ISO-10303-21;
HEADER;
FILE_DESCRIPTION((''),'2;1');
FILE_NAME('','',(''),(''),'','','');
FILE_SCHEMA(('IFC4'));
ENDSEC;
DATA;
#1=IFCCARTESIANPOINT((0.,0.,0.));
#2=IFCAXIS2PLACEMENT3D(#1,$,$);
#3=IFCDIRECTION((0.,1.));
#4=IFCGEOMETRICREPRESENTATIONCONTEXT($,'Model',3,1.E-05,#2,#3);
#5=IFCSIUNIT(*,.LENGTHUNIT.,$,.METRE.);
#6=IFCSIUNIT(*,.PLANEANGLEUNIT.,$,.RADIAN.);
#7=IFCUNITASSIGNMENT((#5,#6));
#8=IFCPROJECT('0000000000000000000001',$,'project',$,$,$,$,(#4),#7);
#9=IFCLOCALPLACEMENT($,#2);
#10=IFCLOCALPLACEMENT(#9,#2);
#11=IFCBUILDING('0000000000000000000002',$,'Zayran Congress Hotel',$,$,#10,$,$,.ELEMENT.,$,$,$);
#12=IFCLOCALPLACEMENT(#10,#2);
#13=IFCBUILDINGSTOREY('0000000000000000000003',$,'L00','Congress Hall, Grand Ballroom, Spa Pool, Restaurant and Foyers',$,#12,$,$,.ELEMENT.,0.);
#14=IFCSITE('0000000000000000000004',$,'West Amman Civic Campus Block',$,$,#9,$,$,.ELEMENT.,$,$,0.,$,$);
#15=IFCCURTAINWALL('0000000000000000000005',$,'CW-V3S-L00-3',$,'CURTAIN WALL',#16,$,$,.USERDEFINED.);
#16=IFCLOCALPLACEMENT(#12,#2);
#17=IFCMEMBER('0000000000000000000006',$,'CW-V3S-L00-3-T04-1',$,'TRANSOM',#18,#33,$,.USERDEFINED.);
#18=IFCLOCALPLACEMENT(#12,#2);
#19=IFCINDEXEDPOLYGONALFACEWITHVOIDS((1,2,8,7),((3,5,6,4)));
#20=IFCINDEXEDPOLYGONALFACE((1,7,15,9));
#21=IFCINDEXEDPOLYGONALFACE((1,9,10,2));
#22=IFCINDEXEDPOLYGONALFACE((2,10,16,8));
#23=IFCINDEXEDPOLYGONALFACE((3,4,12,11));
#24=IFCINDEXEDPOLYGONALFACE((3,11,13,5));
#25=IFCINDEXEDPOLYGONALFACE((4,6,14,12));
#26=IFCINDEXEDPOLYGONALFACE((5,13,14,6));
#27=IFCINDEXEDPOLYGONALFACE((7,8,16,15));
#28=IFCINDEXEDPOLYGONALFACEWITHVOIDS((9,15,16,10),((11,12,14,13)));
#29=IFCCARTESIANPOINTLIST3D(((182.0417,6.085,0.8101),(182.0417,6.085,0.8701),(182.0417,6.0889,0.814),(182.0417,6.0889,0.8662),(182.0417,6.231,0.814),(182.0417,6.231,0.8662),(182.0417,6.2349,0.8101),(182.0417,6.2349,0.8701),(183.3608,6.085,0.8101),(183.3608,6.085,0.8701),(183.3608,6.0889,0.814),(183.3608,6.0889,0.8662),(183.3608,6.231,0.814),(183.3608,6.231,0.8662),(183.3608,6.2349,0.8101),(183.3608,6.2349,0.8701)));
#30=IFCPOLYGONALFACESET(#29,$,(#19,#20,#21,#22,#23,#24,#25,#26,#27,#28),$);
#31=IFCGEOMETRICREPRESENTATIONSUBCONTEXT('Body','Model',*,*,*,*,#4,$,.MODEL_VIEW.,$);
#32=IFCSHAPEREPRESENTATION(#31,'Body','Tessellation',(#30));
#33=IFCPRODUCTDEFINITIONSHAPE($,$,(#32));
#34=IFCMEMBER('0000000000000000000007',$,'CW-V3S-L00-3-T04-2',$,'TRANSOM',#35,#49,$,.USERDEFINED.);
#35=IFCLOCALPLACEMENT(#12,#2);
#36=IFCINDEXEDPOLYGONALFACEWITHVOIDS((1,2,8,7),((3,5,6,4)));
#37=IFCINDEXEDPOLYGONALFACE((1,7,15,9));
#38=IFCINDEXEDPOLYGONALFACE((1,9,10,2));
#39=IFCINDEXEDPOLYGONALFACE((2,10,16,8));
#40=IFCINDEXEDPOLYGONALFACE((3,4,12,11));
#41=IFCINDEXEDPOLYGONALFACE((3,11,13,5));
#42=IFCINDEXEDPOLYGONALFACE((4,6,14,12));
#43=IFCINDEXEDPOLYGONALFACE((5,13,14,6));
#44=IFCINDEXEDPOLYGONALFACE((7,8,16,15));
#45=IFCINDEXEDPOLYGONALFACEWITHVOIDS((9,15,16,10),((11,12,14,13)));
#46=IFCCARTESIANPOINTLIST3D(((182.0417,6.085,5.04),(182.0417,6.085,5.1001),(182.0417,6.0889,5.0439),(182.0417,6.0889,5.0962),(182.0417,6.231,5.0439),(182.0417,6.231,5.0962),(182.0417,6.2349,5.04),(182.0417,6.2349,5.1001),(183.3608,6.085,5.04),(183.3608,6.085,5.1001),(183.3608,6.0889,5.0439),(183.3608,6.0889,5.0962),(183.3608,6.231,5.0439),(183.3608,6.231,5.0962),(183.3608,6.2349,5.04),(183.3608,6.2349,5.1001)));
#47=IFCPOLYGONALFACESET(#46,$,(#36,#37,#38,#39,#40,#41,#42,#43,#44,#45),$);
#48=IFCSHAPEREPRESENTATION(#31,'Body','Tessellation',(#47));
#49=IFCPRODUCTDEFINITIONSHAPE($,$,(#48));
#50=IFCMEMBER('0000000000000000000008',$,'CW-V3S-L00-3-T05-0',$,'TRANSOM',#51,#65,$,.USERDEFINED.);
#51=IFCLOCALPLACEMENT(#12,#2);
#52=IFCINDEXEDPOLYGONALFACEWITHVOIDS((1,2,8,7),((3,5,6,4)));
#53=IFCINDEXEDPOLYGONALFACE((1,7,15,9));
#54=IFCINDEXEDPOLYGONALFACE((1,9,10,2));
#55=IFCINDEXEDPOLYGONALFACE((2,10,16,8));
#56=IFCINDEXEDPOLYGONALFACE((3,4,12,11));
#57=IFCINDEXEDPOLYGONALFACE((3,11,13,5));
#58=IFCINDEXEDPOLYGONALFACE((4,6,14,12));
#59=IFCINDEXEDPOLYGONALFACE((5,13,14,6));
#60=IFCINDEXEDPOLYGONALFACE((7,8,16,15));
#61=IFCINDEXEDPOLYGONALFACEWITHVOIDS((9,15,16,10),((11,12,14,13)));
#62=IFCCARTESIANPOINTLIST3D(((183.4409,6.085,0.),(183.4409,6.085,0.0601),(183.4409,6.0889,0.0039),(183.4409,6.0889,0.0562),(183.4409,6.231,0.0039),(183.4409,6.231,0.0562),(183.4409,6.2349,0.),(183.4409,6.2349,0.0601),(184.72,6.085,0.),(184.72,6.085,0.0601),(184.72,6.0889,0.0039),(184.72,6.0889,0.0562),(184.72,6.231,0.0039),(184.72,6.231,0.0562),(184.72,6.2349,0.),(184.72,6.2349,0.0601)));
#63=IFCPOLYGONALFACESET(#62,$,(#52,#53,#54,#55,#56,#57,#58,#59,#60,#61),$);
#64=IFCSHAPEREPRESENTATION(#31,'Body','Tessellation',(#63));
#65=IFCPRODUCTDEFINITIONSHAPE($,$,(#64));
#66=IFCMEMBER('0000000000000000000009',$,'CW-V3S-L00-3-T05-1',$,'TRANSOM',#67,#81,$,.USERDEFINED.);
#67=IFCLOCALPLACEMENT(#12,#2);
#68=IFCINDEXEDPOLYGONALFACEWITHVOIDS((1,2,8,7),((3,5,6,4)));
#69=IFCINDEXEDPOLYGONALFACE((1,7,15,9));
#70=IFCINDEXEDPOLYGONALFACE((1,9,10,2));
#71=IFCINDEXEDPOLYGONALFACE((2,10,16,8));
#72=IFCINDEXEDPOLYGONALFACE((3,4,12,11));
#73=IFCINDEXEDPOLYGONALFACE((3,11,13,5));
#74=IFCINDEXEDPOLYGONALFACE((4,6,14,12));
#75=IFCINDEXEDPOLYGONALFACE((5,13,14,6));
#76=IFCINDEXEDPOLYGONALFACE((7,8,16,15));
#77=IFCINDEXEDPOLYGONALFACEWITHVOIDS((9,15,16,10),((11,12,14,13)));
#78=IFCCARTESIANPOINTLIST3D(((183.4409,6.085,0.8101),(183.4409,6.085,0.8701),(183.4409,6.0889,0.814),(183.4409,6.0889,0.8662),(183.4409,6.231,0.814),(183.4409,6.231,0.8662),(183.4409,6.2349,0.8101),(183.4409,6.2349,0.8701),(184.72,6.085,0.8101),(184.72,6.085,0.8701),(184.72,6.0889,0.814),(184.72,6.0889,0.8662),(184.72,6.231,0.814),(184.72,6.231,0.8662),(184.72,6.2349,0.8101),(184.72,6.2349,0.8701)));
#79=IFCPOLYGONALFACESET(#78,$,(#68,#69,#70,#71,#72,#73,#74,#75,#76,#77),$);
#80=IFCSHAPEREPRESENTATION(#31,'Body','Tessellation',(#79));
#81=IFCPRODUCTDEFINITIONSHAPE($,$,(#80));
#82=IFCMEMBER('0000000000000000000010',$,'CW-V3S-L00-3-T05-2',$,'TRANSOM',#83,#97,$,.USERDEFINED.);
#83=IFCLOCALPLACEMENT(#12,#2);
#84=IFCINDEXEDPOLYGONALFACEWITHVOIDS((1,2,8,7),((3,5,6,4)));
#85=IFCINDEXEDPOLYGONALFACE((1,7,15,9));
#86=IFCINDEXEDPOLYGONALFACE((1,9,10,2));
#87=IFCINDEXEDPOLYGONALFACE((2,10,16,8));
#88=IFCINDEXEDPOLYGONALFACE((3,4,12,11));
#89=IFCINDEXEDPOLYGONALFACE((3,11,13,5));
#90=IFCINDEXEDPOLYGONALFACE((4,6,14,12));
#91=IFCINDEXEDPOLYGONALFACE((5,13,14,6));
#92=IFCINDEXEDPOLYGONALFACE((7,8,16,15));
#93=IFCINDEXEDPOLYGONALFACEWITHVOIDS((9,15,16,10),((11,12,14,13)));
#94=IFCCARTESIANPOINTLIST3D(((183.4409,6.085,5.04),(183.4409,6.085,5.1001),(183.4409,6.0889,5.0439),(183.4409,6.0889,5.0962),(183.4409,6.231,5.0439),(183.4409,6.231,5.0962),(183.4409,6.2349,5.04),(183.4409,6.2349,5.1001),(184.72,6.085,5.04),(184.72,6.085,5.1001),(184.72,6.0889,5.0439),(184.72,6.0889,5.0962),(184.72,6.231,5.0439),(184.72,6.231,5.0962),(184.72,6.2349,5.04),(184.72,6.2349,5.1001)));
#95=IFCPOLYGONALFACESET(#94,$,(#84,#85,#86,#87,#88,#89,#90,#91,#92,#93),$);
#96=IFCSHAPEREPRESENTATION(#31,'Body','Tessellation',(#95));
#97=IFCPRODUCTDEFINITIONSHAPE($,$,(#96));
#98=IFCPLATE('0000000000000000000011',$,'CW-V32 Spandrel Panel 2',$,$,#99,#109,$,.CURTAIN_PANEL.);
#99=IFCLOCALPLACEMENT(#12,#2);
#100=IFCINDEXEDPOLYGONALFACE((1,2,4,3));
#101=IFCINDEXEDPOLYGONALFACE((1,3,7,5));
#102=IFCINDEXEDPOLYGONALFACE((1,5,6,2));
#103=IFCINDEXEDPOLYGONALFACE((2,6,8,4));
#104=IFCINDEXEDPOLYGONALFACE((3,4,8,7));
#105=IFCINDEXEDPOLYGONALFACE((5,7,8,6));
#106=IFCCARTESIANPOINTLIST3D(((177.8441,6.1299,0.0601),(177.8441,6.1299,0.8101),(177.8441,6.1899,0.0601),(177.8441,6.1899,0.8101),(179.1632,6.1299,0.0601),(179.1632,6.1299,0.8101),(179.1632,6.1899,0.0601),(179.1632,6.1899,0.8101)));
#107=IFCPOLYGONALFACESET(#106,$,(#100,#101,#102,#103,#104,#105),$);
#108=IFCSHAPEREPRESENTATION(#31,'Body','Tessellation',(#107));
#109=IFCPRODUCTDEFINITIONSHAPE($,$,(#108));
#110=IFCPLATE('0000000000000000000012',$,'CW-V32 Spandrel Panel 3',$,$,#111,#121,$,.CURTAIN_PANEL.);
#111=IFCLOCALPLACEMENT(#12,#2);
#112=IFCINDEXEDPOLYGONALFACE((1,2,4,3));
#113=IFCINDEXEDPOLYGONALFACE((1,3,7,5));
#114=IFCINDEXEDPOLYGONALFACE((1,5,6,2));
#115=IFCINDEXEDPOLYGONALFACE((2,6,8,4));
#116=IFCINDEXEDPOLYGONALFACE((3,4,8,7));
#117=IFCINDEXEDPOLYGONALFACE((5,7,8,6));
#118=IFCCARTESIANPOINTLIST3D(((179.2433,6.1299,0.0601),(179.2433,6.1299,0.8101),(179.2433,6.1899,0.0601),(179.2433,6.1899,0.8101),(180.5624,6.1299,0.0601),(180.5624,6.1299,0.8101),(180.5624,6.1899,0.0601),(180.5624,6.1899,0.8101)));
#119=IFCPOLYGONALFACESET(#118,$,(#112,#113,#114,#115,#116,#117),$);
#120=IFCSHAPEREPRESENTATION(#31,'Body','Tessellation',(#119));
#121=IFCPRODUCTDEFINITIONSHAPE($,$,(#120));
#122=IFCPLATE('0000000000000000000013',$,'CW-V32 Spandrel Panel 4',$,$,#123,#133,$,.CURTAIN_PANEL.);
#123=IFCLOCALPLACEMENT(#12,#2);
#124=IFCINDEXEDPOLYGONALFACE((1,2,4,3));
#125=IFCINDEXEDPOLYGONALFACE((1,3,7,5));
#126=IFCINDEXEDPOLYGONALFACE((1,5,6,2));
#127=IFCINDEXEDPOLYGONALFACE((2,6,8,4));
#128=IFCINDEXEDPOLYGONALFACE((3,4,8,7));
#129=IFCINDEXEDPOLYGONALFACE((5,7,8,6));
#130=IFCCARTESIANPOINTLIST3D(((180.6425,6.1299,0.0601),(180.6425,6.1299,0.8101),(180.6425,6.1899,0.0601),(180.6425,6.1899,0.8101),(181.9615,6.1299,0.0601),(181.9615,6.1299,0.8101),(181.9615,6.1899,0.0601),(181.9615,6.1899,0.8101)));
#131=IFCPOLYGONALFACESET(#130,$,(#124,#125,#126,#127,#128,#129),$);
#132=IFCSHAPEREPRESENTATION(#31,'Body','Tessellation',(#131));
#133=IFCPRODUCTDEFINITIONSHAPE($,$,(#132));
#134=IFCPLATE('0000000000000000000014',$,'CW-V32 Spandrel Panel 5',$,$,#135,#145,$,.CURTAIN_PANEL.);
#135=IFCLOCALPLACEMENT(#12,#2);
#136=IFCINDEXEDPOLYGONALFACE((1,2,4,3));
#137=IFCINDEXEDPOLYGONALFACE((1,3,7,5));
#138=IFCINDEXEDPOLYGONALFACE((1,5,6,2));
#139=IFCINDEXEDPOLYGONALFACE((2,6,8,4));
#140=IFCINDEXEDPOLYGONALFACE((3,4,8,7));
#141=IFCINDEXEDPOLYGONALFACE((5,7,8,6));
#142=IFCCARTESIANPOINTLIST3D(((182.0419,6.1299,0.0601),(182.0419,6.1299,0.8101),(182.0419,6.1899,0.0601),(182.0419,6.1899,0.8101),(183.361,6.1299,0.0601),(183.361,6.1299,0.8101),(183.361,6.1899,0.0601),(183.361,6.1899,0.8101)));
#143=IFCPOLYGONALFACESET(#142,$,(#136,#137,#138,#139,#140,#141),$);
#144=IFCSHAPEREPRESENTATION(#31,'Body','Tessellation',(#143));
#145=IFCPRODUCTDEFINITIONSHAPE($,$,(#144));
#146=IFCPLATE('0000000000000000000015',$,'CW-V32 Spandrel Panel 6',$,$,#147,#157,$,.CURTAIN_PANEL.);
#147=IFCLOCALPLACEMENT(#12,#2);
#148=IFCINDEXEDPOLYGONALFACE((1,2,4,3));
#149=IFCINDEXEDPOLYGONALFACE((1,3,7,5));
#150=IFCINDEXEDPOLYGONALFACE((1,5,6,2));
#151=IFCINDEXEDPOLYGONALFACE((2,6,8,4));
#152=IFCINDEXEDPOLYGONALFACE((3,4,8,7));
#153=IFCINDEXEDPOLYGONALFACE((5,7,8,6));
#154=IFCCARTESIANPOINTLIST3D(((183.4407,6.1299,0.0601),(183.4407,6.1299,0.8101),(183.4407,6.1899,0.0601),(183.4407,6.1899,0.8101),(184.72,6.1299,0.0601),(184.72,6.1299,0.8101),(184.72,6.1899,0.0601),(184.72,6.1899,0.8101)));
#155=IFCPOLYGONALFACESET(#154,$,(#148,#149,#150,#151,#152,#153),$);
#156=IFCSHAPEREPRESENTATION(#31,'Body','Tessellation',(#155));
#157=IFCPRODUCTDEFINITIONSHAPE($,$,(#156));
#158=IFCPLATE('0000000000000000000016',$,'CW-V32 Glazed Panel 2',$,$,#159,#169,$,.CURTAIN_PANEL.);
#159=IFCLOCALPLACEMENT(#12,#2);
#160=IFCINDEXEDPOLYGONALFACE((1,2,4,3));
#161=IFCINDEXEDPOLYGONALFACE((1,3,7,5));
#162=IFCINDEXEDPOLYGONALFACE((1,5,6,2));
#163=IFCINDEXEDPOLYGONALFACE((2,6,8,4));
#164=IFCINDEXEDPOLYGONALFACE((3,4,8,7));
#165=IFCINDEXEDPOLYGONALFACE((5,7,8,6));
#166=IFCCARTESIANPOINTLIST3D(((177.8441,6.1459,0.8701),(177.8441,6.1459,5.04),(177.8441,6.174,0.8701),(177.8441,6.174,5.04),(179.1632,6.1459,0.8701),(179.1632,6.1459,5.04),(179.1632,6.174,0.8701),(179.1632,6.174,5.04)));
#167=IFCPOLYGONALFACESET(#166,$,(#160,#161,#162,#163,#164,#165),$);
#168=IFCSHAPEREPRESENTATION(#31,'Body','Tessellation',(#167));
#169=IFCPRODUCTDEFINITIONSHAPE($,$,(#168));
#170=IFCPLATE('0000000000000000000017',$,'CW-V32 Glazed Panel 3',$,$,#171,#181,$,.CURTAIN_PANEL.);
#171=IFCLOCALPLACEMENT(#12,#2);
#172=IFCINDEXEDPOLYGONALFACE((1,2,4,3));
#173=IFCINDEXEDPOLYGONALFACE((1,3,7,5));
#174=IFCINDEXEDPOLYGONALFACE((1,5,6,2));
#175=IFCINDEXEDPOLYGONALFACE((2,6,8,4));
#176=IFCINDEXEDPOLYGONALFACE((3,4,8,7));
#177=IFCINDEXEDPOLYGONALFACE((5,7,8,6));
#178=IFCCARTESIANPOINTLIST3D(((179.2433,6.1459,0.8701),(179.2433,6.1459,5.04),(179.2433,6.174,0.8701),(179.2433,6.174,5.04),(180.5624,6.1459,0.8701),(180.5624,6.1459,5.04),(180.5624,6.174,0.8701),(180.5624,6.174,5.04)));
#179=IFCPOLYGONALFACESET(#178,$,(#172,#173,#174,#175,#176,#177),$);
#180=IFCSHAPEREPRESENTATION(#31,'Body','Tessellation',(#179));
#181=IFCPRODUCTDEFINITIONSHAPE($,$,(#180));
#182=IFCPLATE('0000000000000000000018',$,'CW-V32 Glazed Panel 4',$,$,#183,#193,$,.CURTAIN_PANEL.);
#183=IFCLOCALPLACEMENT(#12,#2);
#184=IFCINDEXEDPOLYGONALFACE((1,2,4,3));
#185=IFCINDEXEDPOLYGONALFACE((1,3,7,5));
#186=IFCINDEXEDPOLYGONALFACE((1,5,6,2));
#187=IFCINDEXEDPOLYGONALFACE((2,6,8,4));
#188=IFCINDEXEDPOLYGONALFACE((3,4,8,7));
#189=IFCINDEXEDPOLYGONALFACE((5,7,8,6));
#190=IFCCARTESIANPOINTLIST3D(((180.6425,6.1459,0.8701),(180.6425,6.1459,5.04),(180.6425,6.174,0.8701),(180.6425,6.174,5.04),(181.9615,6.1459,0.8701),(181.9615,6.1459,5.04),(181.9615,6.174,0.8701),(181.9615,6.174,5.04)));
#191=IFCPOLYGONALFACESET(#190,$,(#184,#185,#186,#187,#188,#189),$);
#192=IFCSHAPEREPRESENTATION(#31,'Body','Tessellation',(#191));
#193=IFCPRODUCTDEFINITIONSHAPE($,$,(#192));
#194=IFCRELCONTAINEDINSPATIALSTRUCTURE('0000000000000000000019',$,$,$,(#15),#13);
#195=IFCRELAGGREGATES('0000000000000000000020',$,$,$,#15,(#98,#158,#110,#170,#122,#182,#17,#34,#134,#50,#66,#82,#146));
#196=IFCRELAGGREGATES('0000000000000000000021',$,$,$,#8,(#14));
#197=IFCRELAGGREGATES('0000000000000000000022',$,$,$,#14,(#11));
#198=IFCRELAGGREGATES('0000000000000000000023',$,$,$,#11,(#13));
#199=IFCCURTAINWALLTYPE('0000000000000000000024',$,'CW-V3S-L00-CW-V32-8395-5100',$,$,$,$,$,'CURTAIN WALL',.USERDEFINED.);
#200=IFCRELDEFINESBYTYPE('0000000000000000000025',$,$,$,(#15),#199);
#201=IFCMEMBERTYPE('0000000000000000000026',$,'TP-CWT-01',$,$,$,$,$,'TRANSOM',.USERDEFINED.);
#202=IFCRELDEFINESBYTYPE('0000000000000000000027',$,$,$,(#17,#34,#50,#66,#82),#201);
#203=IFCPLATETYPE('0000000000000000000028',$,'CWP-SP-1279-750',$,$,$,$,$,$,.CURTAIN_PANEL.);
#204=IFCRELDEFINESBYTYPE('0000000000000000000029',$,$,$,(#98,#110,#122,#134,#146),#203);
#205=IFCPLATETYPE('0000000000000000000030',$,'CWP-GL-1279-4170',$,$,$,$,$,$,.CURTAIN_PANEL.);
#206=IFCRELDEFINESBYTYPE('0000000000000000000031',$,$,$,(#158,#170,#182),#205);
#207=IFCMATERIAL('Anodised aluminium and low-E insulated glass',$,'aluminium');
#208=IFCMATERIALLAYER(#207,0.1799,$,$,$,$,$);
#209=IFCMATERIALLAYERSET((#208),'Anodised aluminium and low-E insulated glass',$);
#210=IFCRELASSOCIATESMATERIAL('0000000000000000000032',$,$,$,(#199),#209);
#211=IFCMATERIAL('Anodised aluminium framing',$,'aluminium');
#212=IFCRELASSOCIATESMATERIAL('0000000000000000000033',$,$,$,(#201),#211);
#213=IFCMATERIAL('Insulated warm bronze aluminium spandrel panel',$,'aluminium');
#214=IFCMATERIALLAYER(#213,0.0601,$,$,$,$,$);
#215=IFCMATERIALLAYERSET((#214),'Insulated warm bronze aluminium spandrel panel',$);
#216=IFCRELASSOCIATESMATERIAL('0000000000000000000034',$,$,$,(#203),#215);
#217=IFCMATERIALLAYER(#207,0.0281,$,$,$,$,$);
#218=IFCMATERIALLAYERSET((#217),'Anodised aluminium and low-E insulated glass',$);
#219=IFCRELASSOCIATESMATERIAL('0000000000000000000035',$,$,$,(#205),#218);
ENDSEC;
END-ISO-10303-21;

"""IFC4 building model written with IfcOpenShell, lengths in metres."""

from ifc_helpers import new_model, si_unit, direction, frame, origin, origin_2d, place, context, subcontext, project, spatial, rectangle, hollow_rectangle, extrude, material, layer, layer_set, material_profile, profile_set, type_object, element, aggregate, save


model = new_model("IFC4")

# Units and contexts
model_context = context("Model", 3, precision=1e-05, world=origin(), true_north=direction((0.0, 1.0)))
body_context = subcontext(model_context, "Body", "Model", "MODEL_VIEW")
ifc_project = project(units=[si_unit("LENGTHUNIT", "METRE"), si_unit("PLANEANGLEUNIT", "RADIAN")], contexts=[model_context])

# Site, building, storey
site_placement = place(None, origin())
site = spatial("IfcSite", under=ifc_project, at=site_placement, Name="West Amman Civic Campus Block", CompositionType="ELEMENT", RefElevation=0.0)
building_placement = place(site_placement, origin())
building = spatial("IfcBuilding", under=site, at=building_placement, Name="Zayran Congress Hotel", CompositionType="ELEMENT")
storey_placement = place(building_placement, origin())
storey = spatial("IfcBuildingStorey", under=building, at=storey_placement, Name="L00", Description="Congress Hall, Grand Ballroom, Spa Pool, Restaurant and Foyers", CompositionType="ELEMENT", Elevation=0.0)

# Curtain wall, members, plates
ifc_material_1 = material(Name="Anodised aluminium and low-E insulated glass", Category="aluminium")
ifc_layer_1 = layer(ifc_material_1, 0.1799)
ifc_layer_set_1 = layer_set([ifc_layer_1], Name="Anodised aluminium and low-E insulated glass")
curtain_wall_type = type_object("IfcCurtainWallType", Name="CW-V3S-L00-CW-V32-8395-5100", ElementType="CURTAIN WALL", PredefinedType="USERDEFINED", material=ifc_layer_set_1)
curtain_wall_placement = place(storey_placement, origin())
curtain_wall = element("IfcCurtainWall", 1, at=curtain_wall_placement, inside=storey, type_object=curtain_wall_type, Name="CW-V3S-L00-3", ObjectType="CURTAIN WALL", PredefinedType="USERDEFINED")
ifc_material_2 = material(Name="Anodised aluminium framing", Category="aluminium")
ifc_material_profile_1 = material_profile(ifc_material_2, hollow_rectangle(XDim=0.0601, YDim=0.1499, WallThickness=0.0039, at=origin_2d()), Name="RHS 150x60x4")
ifc_profile_set_1 = profile_set([ifc_material_profile_1], Name="Anodised aluminium framing")
member_type_1 = type_object("IfcMemberType", Name="TP-CWT-01", ElementType="TRANSOM", PredefinedType="USERDEFINED", material=ifc_profile_set_1)
member_1_placement = place(storey_placement, frame((182.0417, 6.1599, 0.8401), z_axis=(1.0, 0.0, 0.0), x_axis=(0.0, 0.0, 1.0)))
member_1 = element("IfcMember", 2, at=member_1_placement, type_object=member_type_1, Name="CW-V3S-L00-3-T04-1", ObjectType="TRANSOM", PredefinedType="USERDEFINED", context=body_context, shape_type="SweptSolid", body=[
    extrude(hollow_rectangle(XDim=0.0601, YDim=0.1499, WallThickness=0.0039, at=origin_2d()), origin(), (0.0, 0.0, 1.0), 1.3191),
])
member_2_placement = place(storey_placement, frame((182.0417, 6.1599, 5.0701), z_axis=(1.0, 0.0, 0.0), x_axis=(0.0, 0.0, 1.0)))
member_2 = element("IfcMember", 3, at=member_2_placement, type_object=member_type_1, Name="CW-V3S-L00-3-T04-2", ObjectType="TRANSOM", PredefinedType="USERDEFINED", context=body_context, shape_type="SweptSolid", body=[
    extrude(hollow_rectangle(XDim=0.0601, YDim=0.1499, WallThickness=0.0039, at=origin_2d()), origin(), (0.0, 0.0, 1.0), 1.3191),
])
member_3_placement = place(storey_placement, frame((183.4409, 6.1599, 0.03), z_axis=(1.0, 0.0, 0.0), x_axis=(0.0, 0.0, 1.0)))
member_3 = element("IfcMember", 4, at=member_3_placement, type_object=member_type_1, Name="CW-V3S-L00-3-T05-0", ObjectType="TRANSOM", PredefinedType="USERDEFINED", context=body_context, shape_type="SweptSolid", body=[
    extrude(hollow_rectangle(XDim=0.0601, YDim=0.1499, WallThickness=0.0039, at=origin_2d()), origin(), (0.0, 0.0, 1.0), 1.2791),
])
member_4_placement = place(storey_placement, frame((183.4409, 6.1599, 0.8401), z_axis=(1.0, 0.0, 0.0), x_axis=(0.0, 0.0, 1.0)))
member_4 = element("IfcMember", 5, at=member_4_placement, type_object=member_type_1, Name="CW-V3S-L00-3-T05-1", ObjectType="TRANSOM", PredefinedType="USERDEFINED", context=body_context, shape_type="SweptSolid", body=[
    extrude(hollow_rectangle(XDim=0.0601, YDim=0.1499, WallThickness=0.0039, at=origin_2d()), origin(), (0.0, 0.0, 1.0), 1.2791),
])
member_5_placement = place(storey_placement, frame((183.4409, 6.1599, 5.0701), z_axis=(1.0, 0.0, 0.0), x_axis=(0.0, 0.0, 1.0)))
member_5 = element("IfcMember", 6, at=member_5_placement, type_object=member_type_1, Name="CW-V3S-L00-3-T05-2", ObjectType="TRANSOM", PredefinedType="USERDEFINED", context=body_context, shape_type="SweptSolid", body=[
    extrude(hollow_rectangle(XDim=0.0601, YDim=0.1499, WallThickness=0.0039, at=origin_2d()), origin(), (0.0, 0.0, 1.0), 1.2791),
])
ifc_material_3 = material(Name="Insulated warm bronze aluminium spandrel panel", Category="aluminium")
ifc_layer_2 = layer(ifc_material_3, 0.0601)
ifc_layer_set_2 = layer_set([ifc_layer_2], Name="Insulated warm bronze aluminium spandrel panel")
plate_type_1 = type_object("IfcPlateType", Name="CWP-SP-1279-750", PredefinedType="CURTAIN_PANEL", material=ifc_layer_set_2)
plate_1_placement = place(storey_placement, frame((178.5037, 6.1599, 0.0601), z_axis=(0.0, 0.0, 1.0), x_axis=(1.0, 0.0, 0.0)))
plate_1 = element("IfcPlate", 7, at=plate_1_placement, type_object=plate_type_1, Name="CW-V32 Spandrel Panel 2", PredefinedType="CURTAIN_PANEL", context=body_context, shape_type="SweptSolid", body=[
    extrude(rectangle(XDim=1.3191, YDim=0.0601, at=origin_2d()), origin(), (0.0, 0.0, 1.0), 0.75),
])
plate_2_placement = place(storey_placement, frame((179.9028, 6.1599, 0.0601), z_axis=(0.0, 0.0, 1.0), x_axis=(1.0, 0.0, 0.0)))
plate_2 = element("IfcPlate", 8, at=plate_2_placement, type_object=plate_type_1, Name="CW-V32 Spandrel Panel 3", PredefinedType="CURTAIN_PANEL", context=body_context, shape_type="SweptSolid", body=[
    extrude(rectangle(XDim=1.3191, YDim=0.0601, at=origin_2d()), origin(), (0.0, 0.0, 1.0), 0.75),
])
plate_3_placement = place(storey_placement, frame((181.302, 6.1599, 0.0601), z_axis=(0.0, 0.0, 1.0), x_axis=(1.0, 0.0, 0.0)))
plate_3 = element("IfcPlate", 9, at=plate_3_placement, type_object=plate_type_1, Name="CW-V32 Spandrel Panel 4", PredefinedType="CURTAIN_PANEL", context=body_context, shape_type="SweptSolid", body=[
    extrude(rectangle(XDim=1.3191, YDim=0.0601, at=origin_2d()), origin(), (0.0, 0.0, 1.0), 0.75),
])
plate_4_placement = place(storey_placement, frame((182.7014, 6.1599, 0.0601), z_axis=(0.0, 0.0, 1.0), x_axis=(1.0, 0.0, 0.0)))
plate_4 = element("IfcPlate", 10, at=plate_4_placement, type_object=plate_type_1, Name="CW-V32 Spandrel Panel 5", PredefinedType="CURTAIN_PANEL", context=body_context, shape_type="SweptSolid", body=[
    extrude(rectangle(XDim=1.3191, YDim=0.0601, at=origin_2d()), origin(), (0.0, 0.0, 1.0), 0.75),
])
plate_5_placement = place(storey_placement, frame((184.0803, 6.1599, 0.0601), z_axis=(0.0, 0.0, 1.0), x_axis=(1.0, 0.0, 0.0)))
plate_5 = element("IfcPlate", 11, at=plate_5_placement, type_object=plate_type_1, Name="CW-V32 Spandrel Panel 6", PredefinedType="CURTAIN_PANEL", context=body_context, shape_type="SweptSolid", body=[
    extrude(rectangle(XDim=1.2793, YDim=0.0601, at=origin_2d()), origin(), (0.0, 0.0, 1.0), 0.75),
])
ifc_layer_3 = layer(ifc_material_1, 0.0281)
ifc_layer_set_3 = layer_set([ifc_layer_3], Name="Anodised aluminium and low-E insulated glass")
plate_type_2 = type_object("IfcPlateType", Name="CWP-GL-1279-4170", PredefinedType="CURTAIN_PANEL", material=ifc_layer_set_3)
plate_6_placement = place(storey_placement, frame((178.5037, 6.1599, 0.8701), z_axis=(0.0, 0.0, 1.0), x_axis=(1.0, 0.0, 0.0)))
plate_6 = element("IfcPlate", 12, at=plate_6_placement, type_object=plate_type_2, Name="CW-V32 Glazed Panel 2", PredefinedType="CURTAIN_PANEL", context=body_context, shape_type="SweptSolid", body=[
    extrude(rectangle(XDim=1.3191, YDim=0.0281, at=origin_2d()), origin(), (0.0, 0.0, 1.0), 4.1699),
])
plate_7_placement = place(storey_placement, frame((179.9028, 6.1599, 0.8701), z_axis=(0.0, 0.0, 1.0), x_axis=(1.0, 0.0, 0.0)))
plate_7 = element("IfcPlate", 13, at=plate_7_placement, type_object=plate_type_2, Name="CW-V32 Glazed Panel 3", PredefinedType="CURTAIN_PANEL", context=body_context, shape_type="SweptSolid", body=[
    extrude(rectangle(XDim=1.3191, YDim=0.0281, at=origin_2d()), origin(), (0.0, 0.0, 1.0), 4.1699),
])
plate_8_placement = place(storey_placement, frame((181.302, 6.1599, 0.8701), z_axis=(0.0, 0.0, 1.0), x_axis=(1.0, 0.0, 0.0)))
plate_8 = element("IfcPlate", 14, at=plate_8_placement, type_object=plate_type_2, Name="CW-V32 Glazed Panel 4", PredefinedType="CURTAIN_PANEL", context=body_context, shape_type="SweptSolid", body=[
    extrude(rectangle(XDim=1.3191, YDim=0.0281, at=origin_2d()), origin(), (0.0, 0.0, 1.0), 4.1699),
])
aggregate(curtain_wall, [plate_1, plate_6, plate_2, plate_7, plate_3, plate_8, member_1, member_2, plate_4, member_3, member_4, member_5, plate_5])

save(model, "model.ifc")
